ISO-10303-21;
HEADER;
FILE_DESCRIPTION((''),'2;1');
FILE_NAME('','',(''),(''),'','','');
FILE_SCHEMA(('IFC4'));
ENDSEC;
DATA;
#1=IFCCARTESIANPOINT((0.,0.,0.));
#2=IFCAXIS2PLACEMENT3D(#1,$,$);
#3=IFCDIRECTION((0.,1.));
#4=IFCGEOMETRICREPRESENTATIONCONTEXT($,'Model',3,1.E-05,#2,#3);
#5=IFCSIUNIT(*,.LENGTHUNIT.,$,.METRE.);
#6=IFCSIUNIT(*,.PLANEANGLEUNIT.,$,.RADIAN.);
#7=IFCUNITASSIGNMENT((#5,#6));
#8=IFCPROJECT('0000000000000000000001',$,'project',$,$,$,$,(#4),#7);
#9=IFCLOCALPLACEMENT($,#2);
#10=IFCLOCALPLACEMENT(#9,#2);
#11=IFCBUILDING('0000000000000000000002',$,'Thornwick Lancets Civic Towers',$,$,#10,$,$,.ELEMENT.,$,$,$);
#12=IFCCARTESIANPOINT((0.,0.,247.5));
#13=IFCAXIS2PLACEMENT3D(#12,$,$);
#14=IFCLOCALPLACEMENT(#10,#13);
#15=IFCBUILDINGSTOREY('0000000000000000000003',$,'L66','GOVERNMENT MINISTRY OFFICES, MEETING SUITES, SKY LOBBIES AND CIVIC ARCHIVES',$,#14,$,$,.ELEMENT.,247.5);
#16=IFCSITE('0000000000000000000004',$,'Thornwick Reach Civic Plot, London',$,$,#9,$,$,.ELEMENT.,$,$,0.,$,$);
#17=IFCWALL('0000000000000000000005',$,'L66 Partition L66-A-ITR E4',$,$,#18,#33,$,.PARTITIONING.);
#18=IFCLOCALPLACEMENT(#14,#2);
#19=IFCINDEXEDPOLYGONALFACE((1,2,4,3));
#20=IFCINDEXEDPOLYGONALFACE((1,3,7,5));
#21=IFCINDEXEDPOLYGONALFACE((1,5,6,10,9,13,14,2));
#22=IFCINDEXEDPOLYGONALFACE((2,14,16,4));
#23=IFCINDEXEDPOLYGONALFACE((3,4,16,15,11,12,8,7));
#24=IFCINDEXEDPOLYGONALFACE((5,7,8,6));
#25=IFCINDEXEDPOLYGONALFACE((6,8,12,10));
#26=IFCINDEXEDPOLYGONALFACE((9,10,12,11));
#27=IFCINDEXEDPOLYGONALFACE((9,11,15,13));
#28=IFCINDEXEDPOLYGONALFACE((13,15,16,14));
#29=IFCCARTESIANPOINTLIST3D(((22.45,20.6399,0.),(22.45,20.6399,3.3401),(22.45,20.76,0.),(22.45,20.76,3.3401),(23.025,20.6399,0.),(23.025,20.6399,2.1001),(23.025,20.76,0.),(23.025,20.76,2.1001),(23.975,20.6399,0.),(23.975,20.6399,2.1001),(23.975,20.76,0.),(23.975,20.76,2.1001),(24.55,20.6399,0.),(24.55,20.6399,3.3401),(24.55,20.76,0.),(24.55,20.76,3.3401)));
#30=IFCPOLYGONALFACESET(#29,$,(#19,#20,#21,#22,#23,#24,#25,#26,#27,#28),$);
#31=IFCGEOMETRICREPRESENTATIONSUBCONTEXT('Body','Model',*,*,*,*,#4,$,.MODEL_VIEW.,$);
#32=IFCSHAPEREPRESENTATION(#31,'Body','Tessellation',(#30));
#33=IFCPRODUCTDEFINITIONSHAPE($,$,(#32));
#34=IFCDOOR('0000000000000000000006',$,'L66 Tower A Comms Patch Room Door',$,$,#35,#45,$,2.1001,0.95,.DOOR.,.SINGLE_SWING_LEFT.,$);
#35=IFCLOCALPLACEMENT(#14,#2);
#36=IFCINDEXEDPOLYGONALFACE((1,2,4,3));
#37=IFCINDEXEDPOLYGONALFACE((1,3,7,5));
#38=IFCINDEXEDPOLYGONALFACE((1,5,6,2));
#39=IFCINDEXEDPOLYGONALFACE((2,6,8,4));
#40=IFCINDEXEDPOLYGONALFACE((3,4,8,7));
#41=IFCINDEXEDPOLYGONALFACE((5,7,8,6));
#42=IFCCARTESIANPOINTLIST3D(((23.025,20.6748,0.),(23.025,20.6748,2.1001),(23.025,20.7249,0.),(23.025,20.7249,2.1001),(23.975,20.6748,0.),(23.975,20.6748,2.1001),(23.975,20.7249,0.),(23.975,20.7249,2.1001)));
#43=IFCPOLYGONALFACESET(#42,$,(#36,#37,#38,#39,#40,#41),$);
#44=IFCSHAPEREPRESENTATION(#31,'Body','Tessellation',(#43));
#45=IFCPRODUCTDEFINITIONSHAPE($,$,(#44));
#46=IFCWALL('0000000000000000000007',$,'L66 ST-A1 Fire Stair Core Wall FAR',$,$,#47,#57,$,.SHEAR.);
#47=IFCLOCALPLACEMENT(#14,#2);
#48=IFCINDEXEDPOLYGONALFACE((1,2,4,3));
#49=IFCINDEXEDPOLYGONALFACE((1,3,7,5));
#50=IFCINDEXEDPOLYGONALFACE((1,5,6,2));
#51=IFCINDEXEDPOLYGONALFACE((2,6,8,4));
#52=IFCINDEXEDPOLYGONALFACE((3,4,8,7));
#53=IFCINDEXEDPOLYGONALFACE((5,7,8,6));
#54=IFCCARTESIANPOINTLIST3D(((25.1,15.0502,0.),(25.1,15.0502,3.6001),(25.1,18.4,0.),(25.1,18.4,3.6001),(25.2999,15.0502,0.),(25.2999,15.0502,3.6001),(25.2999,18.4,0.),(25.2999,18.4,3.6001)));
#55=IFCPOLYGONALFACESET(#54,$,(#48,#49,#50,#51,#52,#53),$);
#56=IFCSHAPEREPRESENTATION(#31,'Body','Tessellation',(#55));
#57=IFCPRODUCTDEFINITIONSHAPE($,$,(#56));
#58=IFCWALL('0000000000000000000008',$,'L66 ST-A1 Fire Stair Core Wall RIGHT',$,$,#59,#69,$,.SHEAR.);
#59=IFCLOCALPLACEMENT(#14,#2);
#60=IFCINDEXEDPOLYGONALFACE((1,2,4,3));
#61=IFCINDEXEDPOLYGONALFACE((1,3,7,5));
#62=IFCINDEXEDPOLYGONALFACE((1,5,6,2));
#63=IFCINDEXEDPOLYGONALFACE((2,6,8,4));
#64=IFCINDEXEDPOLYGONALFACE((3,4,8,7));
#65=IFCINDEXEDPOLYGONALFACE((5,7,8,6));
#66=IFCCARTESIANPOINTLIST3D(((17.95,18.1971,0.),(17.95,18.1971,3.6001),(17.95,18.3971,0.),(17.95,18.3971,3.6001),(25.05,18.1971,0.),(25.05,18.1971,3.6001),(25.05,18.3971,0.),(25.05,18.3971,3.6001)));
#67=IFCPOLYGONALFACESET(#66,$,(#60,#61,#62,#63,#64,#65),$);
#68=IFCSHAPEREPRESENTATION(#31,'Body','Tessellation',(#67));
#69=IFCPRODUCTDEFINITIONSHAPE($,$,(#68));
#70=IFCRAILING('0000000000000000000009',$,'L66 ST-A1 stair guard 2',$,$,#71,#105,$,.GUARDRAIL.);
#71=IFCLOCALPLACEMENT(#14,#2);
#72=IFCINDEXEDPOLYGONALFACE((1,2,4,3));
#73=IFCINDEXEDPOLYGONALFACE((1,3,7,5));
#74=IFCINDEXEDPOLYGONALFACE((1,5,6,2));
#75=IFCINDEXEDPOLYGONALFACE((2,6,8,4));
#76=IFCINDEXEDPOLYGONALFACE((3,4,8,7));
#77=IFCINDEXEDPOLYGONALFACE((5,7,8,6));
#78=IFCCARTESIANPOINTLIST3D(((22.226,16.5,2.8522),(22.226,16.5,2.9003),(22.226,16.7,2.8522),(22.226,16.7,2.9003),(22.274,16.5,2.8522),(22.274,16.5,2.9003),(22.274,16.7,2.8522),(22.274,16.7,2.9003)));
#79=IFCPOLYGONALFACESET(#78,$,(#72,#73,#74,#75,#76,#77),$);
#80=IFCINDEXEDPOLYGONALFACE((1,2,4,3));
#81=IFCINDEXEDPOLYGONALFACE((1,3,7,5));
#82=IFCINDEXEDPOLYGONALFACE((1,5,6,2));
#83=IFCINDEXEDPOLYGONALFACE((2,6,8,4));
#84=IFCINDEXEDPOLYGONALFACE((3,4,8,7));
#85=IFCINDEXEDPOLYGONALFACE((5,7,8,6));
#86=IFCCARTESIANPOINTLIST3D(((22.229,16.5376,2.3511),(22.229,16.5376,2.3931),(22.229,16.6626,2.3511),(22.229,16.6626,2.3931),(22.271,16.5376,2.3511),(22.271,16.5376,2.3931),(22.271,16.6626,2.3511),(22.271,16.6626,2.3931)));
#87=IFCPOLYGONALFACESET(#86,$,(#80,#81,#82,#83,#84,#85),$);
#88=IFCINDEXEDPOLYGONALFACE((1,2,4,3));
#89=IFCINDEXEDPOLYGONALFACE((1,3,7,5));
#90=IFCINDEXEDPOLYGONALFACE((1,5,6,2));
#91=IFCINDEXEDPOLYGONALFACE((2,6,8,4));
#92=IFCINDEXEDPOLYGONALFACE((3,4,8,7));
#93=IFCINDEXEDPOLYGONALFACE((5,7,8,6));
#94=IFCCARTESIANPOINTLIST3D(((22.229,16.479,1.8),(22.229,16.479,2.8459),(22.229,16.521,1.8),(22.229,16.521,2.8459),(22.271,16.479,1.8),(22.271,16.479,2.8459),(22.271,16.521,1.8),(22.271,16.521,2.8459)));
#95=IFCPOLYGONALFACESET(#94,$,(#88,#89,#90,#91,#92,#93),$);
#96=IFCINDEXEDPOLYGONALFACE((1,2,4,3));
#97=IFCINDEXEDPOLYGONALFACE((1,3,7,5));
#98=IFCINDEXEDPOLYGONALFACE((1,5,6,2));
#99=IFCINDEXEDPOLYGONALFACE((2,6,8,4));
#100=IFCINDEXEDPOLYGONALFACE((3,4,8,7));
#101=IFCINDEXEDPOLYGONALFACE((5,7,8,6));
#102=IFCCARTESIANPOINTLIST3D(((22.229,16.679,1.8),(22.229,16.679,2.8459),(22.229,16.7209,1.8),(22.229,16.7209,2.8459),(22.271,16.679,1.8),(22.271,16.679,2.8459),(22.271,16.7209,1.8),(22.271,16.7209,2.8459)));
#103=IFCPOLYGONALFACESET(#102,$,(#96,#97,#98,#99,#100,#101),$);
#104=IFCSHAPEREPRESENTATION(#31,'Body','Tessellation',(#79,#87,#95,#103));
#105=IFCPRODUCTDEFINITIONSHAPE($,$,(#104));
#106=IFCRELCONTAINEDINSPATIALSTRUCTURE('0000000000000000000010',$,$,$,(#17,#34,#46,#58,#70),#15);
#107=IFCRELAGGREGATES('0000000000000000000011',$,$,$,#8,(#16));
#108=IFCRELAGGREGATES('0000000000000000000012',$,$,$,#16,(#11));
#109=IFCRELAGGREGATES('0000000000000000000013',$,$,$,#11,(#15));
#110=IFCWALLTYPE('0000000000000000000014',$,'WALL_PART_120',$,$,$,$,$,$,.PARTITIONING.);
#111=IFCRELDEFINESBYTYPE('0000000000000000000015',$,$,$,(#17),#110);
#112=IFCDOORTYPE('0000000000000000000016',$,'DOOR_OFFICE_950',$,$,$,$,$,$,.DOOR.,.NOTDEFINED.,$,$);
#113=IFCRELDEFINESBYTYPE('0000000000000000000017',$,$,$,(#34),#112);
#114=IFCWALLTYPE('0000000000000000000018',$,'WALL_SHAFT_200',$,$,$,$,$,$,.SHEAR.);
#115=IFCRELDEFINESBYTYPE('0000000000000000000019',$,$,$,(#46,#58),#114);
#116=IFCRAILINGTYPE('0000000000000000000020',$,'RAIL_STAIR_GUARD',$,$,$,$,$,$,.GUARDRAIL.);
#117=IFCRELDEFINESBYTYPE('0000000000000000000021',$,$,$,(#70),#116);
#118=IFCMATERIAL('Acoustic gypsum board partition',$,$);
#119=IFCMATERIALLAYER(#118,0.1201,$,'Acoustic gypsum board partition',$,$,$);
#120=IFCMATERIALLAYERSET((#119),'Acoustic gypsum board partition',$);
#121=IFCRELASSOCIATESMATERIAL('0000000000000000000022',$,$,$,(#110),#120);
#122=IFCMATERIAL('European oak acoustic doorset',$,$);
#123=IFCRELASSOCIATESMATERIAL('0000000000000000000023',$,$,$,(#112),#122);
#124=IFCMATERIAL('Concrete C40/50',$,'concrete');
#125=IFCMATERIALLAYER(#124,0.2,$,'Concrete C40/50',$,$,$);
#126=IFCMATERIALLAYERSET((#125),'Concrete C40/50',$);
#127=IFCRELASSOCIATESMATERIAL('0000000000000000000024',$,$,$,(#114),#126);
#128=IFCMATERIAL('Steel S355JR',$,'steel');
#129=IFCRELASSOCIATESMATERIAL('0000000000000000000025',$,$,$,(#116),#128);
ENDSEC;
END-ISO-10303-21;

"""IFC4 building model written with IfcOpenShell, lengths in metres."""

from ifc_helpers import new_model, si_unit, direction, frame, frame_2d, origin, origin_2d, place, context, subcontext, project, spatial, rectangle, extrude, material, layer, layer_set, type_object, element, fill, save


model = new_model("IFC4")

# Units and contexts
model_context = context("Model", 3, precision=1e-05, world=origin(), true_north=direction((0.0, 1.0)))
body_context = subcontext(model_context, "Body", "Model", "MODEL_VIEW")
ifc_project = project(units=[si_unit("LENGTHUNIT", "METRE"), si_unit("PLANEANGLEUNIT", "RADIAN")], contexts=[model_context])

# Site, building, storey
site_placement = place(None, origin())
site = spatial("IfcSite", under=ifc_project, at=site_placement, Name="Thornwick Reach Civic Plot, London", CompositionType="ELEMENT", RefElevation=0.0)
building_placement = place(site_placement, origin())
building = spatial("IfcBuilding", under=site, at=building_placement, Name="Thornwick Lancets Civic Towers", CompositionType="ELEMENT")
storey_placement = place(building_placement, frame((0.0, 0.0, 247.5)))
storey = spatial("IfcBuildingStorey", under=building, at=storey_placement, Name="L66", Description="GOVERNMENT MINISTRY OFFICES, MEETING SUITES, SKY LOBBIES AND CIVIC ARCHIVES", CompositionType="ELEMENT", Elevation=247.5)

# Shared definitions
ifc_material_1 = material(Name="Acoustic gypsum board partition")
ifc_layer_1 = layer(ifc_material_1, 0.1201, Name="Acoustic gypsum board partition")
ifc_layer_set_1 = layer_set([ifc_layer_1], Name="Acoustic gypsum board partition")
wall_type_1 = type_object("IfcWallType", Name="WALL_PART_120", PredefinedType="PARTITIONING", material=ifc_layer_set_1)

# Wall, opening, door
wall_1_placement = place(storey_placement, frame((22.45, 20.7, 0.0), z_axis=(0.0, 0.0, 1.0), x_axis=(1.0, 0.0, 0.0)))
wall_1 = element("IfcWall", 1, at=wall_1_placement, inside=storey, type_object=wall_type_1, Name="L66 Partition L66-A-ITR E4", PredefinedType="PARTITIONING", context=body_context, shape_type="SweptSolid", body=[
    extrude(rectangle(XDim=2.1001, YDim=0.1201, at=frame_2d((1.05, 0.0))), origin(), (0.0, 0.0, 1.0), 3.3401),
])
opening_1_placement = place(wall_1_placement, frame((0.575, 0.0, 0.0)))
opening_1 = element("IfcOpeningElement", 2, at=opening_1_placement, cuts=wall_1, PredefinedType="OPENING", context=body_context, shape_type="SweptSolid", body=[
    extrude(rectangle(XDim=0.95, YDim=2.1001, at=frame_2d((0.4751, 1.05))), frame((0.0, 0.0701, 0.0), z_axis=(0.0, -1.0, 0.0), x_axis=(1.0, 0.0, 0.0)), (0.0, 0.0, 1.0), 0.1401),
])
ifc_material_2 = material(Name="European oak acoustic doorset")
door_type_1 = type_object("IfcDoorType", Name="DOOR_OFFICE_950", OperationType="NOTDEFINED", PredefinedType="DOOR", material=ifc_material_2)
door_1_placement = place(opening_1_placement, origin())
door_1 = element("IfcDoor", 3, at=door_1_placement, inside=storey, type_object=door_type_1, Name="L66 Tower A Comms Patch Room Door", OperationType="SINGLE_SWING_LEFT", OverallHeight=2.1001, OverallWidth=0.95, PredefinedType="DOOR", context=body_context, shape_type="SweptSolid", body=[
    extrude(rectangle(XDim=0.95, YDim=2.1001, at=frame_2d((0.4751, 1.05))), frame((0.0, 0.0249, 0.0), z_axis=(0.0, -1.0, 0.0), x_axis=(1.0, 0.0, 0.0)), (0.0, 0.0, 1.0), 0.05),
])
fill(opening_1, door_1)

# Walls
ifc_material_3 = material(Name="Concrete C40/50", Category="concrete")
ifc_layer_2 = layer(ifc_material_3, 0.2, Name="Concrete C40/50")
ifc_layer_set_2 = layer_set([ifc_layer_2], Name="Concrete C40/50")
wall_type_2 = type_object("IfcWallType", Name="WALL_SHAFT_200", PredefinedType="SHEAR", material=ifc_layer_set_2)
wall_2_placement = place(storey_placement, frame((25.2, 18.3999, 0.0), z_axis=(0.0, 0.0, 1.0), x_axis=(0.0, -1.0, 0.0)))
element("IfcWall", 4, at=wall_2_placement, inside=storey, type_object=wall_type_2, Name="L66 ST-A1 Fire Stair Core Wall FAR", PredefinedType="SHEAR", context=body_context, shape_type="SweptSolid", body=[
    extrude(rectangle(XDim=3.3499, YDim=0.2, at=frame_2d((1.6748, 0.0))), origin(), (0.0, 0.0, 1.0), 3.6001),
])
wall_3_placement = place(storey_placement, frame((25.05, 18.2971, 0.0), z_axis=(0.0, 0.0, 1.0), x_axis=(-1.0, 0.0, 0.0)))
element("IfcWall", 5, at=wall_3_placement, inside=storey, type_object=wall_type_2, Name="L66 ST-A1 Fire Stair Core Wall RIGHT", PredefinedType="SHEAR", context=body_context, shape_type="SweptSolid", body=[
    extrude(rectangle(XDim=7.1001, YDim=0.2, at=frame_2d((3.55, 0.0))), origin(), (0.0, 0.0, 1.0), 3.6001),
])

# Railing
ifc_material_4 = material(Name="Steel S355JR", Category="steel")
railing_type = type_object("IfcRailingType", Name="RAIL_STAIR_GUARD", PredefinedType="GUARDRAIL", material=ifc_material_4)
railing_placement = place(storey_placement, frame((22.25, 16.5, 1.8)))
element("IfcRailing", 6, at=railing_placement, inside=storey, type_object=railing_type, Name="L66 ST-A1 stair guard 2", PredefinedType="GUARDRAIL", context=body_context, shape_type="SweptSolid", body=[
    extrude(rectangle(XDim=0.0481, YDim=0.0481, at=origin_2d()), frame((0.0, 0.0, 1.0762), z_axis=(0.0, 1.0, 0.0), x_axis=(-1.0, 0.0, 0.0)), (0.0, 0.0, 1.0), 0.2),
    extrude(rectangle(XDim=0.042, YDim=0.042, at=origin_2d()), frame((0.0, 0.0376, 0.572), z_axis=(0.0, 1.0, 0.0), x_axis=(-1.0, 0.0, 0.0)), (0.0, 0.0, 1.0), 0.125),
    extrude(rectangle(XDim=0.042, YDim=0.042, at=origin_2d()), origin(), (0.0, 0.0, 1.0), 1.0459),
    extrude(rectangle(XDim=0.042, YDim=0.042, at=origin_2d()), frame((0.0, 0.2, 0.0)), (0.0, 0.0, 1.0), 1.0459),
])

save(model, "model.ifc")
